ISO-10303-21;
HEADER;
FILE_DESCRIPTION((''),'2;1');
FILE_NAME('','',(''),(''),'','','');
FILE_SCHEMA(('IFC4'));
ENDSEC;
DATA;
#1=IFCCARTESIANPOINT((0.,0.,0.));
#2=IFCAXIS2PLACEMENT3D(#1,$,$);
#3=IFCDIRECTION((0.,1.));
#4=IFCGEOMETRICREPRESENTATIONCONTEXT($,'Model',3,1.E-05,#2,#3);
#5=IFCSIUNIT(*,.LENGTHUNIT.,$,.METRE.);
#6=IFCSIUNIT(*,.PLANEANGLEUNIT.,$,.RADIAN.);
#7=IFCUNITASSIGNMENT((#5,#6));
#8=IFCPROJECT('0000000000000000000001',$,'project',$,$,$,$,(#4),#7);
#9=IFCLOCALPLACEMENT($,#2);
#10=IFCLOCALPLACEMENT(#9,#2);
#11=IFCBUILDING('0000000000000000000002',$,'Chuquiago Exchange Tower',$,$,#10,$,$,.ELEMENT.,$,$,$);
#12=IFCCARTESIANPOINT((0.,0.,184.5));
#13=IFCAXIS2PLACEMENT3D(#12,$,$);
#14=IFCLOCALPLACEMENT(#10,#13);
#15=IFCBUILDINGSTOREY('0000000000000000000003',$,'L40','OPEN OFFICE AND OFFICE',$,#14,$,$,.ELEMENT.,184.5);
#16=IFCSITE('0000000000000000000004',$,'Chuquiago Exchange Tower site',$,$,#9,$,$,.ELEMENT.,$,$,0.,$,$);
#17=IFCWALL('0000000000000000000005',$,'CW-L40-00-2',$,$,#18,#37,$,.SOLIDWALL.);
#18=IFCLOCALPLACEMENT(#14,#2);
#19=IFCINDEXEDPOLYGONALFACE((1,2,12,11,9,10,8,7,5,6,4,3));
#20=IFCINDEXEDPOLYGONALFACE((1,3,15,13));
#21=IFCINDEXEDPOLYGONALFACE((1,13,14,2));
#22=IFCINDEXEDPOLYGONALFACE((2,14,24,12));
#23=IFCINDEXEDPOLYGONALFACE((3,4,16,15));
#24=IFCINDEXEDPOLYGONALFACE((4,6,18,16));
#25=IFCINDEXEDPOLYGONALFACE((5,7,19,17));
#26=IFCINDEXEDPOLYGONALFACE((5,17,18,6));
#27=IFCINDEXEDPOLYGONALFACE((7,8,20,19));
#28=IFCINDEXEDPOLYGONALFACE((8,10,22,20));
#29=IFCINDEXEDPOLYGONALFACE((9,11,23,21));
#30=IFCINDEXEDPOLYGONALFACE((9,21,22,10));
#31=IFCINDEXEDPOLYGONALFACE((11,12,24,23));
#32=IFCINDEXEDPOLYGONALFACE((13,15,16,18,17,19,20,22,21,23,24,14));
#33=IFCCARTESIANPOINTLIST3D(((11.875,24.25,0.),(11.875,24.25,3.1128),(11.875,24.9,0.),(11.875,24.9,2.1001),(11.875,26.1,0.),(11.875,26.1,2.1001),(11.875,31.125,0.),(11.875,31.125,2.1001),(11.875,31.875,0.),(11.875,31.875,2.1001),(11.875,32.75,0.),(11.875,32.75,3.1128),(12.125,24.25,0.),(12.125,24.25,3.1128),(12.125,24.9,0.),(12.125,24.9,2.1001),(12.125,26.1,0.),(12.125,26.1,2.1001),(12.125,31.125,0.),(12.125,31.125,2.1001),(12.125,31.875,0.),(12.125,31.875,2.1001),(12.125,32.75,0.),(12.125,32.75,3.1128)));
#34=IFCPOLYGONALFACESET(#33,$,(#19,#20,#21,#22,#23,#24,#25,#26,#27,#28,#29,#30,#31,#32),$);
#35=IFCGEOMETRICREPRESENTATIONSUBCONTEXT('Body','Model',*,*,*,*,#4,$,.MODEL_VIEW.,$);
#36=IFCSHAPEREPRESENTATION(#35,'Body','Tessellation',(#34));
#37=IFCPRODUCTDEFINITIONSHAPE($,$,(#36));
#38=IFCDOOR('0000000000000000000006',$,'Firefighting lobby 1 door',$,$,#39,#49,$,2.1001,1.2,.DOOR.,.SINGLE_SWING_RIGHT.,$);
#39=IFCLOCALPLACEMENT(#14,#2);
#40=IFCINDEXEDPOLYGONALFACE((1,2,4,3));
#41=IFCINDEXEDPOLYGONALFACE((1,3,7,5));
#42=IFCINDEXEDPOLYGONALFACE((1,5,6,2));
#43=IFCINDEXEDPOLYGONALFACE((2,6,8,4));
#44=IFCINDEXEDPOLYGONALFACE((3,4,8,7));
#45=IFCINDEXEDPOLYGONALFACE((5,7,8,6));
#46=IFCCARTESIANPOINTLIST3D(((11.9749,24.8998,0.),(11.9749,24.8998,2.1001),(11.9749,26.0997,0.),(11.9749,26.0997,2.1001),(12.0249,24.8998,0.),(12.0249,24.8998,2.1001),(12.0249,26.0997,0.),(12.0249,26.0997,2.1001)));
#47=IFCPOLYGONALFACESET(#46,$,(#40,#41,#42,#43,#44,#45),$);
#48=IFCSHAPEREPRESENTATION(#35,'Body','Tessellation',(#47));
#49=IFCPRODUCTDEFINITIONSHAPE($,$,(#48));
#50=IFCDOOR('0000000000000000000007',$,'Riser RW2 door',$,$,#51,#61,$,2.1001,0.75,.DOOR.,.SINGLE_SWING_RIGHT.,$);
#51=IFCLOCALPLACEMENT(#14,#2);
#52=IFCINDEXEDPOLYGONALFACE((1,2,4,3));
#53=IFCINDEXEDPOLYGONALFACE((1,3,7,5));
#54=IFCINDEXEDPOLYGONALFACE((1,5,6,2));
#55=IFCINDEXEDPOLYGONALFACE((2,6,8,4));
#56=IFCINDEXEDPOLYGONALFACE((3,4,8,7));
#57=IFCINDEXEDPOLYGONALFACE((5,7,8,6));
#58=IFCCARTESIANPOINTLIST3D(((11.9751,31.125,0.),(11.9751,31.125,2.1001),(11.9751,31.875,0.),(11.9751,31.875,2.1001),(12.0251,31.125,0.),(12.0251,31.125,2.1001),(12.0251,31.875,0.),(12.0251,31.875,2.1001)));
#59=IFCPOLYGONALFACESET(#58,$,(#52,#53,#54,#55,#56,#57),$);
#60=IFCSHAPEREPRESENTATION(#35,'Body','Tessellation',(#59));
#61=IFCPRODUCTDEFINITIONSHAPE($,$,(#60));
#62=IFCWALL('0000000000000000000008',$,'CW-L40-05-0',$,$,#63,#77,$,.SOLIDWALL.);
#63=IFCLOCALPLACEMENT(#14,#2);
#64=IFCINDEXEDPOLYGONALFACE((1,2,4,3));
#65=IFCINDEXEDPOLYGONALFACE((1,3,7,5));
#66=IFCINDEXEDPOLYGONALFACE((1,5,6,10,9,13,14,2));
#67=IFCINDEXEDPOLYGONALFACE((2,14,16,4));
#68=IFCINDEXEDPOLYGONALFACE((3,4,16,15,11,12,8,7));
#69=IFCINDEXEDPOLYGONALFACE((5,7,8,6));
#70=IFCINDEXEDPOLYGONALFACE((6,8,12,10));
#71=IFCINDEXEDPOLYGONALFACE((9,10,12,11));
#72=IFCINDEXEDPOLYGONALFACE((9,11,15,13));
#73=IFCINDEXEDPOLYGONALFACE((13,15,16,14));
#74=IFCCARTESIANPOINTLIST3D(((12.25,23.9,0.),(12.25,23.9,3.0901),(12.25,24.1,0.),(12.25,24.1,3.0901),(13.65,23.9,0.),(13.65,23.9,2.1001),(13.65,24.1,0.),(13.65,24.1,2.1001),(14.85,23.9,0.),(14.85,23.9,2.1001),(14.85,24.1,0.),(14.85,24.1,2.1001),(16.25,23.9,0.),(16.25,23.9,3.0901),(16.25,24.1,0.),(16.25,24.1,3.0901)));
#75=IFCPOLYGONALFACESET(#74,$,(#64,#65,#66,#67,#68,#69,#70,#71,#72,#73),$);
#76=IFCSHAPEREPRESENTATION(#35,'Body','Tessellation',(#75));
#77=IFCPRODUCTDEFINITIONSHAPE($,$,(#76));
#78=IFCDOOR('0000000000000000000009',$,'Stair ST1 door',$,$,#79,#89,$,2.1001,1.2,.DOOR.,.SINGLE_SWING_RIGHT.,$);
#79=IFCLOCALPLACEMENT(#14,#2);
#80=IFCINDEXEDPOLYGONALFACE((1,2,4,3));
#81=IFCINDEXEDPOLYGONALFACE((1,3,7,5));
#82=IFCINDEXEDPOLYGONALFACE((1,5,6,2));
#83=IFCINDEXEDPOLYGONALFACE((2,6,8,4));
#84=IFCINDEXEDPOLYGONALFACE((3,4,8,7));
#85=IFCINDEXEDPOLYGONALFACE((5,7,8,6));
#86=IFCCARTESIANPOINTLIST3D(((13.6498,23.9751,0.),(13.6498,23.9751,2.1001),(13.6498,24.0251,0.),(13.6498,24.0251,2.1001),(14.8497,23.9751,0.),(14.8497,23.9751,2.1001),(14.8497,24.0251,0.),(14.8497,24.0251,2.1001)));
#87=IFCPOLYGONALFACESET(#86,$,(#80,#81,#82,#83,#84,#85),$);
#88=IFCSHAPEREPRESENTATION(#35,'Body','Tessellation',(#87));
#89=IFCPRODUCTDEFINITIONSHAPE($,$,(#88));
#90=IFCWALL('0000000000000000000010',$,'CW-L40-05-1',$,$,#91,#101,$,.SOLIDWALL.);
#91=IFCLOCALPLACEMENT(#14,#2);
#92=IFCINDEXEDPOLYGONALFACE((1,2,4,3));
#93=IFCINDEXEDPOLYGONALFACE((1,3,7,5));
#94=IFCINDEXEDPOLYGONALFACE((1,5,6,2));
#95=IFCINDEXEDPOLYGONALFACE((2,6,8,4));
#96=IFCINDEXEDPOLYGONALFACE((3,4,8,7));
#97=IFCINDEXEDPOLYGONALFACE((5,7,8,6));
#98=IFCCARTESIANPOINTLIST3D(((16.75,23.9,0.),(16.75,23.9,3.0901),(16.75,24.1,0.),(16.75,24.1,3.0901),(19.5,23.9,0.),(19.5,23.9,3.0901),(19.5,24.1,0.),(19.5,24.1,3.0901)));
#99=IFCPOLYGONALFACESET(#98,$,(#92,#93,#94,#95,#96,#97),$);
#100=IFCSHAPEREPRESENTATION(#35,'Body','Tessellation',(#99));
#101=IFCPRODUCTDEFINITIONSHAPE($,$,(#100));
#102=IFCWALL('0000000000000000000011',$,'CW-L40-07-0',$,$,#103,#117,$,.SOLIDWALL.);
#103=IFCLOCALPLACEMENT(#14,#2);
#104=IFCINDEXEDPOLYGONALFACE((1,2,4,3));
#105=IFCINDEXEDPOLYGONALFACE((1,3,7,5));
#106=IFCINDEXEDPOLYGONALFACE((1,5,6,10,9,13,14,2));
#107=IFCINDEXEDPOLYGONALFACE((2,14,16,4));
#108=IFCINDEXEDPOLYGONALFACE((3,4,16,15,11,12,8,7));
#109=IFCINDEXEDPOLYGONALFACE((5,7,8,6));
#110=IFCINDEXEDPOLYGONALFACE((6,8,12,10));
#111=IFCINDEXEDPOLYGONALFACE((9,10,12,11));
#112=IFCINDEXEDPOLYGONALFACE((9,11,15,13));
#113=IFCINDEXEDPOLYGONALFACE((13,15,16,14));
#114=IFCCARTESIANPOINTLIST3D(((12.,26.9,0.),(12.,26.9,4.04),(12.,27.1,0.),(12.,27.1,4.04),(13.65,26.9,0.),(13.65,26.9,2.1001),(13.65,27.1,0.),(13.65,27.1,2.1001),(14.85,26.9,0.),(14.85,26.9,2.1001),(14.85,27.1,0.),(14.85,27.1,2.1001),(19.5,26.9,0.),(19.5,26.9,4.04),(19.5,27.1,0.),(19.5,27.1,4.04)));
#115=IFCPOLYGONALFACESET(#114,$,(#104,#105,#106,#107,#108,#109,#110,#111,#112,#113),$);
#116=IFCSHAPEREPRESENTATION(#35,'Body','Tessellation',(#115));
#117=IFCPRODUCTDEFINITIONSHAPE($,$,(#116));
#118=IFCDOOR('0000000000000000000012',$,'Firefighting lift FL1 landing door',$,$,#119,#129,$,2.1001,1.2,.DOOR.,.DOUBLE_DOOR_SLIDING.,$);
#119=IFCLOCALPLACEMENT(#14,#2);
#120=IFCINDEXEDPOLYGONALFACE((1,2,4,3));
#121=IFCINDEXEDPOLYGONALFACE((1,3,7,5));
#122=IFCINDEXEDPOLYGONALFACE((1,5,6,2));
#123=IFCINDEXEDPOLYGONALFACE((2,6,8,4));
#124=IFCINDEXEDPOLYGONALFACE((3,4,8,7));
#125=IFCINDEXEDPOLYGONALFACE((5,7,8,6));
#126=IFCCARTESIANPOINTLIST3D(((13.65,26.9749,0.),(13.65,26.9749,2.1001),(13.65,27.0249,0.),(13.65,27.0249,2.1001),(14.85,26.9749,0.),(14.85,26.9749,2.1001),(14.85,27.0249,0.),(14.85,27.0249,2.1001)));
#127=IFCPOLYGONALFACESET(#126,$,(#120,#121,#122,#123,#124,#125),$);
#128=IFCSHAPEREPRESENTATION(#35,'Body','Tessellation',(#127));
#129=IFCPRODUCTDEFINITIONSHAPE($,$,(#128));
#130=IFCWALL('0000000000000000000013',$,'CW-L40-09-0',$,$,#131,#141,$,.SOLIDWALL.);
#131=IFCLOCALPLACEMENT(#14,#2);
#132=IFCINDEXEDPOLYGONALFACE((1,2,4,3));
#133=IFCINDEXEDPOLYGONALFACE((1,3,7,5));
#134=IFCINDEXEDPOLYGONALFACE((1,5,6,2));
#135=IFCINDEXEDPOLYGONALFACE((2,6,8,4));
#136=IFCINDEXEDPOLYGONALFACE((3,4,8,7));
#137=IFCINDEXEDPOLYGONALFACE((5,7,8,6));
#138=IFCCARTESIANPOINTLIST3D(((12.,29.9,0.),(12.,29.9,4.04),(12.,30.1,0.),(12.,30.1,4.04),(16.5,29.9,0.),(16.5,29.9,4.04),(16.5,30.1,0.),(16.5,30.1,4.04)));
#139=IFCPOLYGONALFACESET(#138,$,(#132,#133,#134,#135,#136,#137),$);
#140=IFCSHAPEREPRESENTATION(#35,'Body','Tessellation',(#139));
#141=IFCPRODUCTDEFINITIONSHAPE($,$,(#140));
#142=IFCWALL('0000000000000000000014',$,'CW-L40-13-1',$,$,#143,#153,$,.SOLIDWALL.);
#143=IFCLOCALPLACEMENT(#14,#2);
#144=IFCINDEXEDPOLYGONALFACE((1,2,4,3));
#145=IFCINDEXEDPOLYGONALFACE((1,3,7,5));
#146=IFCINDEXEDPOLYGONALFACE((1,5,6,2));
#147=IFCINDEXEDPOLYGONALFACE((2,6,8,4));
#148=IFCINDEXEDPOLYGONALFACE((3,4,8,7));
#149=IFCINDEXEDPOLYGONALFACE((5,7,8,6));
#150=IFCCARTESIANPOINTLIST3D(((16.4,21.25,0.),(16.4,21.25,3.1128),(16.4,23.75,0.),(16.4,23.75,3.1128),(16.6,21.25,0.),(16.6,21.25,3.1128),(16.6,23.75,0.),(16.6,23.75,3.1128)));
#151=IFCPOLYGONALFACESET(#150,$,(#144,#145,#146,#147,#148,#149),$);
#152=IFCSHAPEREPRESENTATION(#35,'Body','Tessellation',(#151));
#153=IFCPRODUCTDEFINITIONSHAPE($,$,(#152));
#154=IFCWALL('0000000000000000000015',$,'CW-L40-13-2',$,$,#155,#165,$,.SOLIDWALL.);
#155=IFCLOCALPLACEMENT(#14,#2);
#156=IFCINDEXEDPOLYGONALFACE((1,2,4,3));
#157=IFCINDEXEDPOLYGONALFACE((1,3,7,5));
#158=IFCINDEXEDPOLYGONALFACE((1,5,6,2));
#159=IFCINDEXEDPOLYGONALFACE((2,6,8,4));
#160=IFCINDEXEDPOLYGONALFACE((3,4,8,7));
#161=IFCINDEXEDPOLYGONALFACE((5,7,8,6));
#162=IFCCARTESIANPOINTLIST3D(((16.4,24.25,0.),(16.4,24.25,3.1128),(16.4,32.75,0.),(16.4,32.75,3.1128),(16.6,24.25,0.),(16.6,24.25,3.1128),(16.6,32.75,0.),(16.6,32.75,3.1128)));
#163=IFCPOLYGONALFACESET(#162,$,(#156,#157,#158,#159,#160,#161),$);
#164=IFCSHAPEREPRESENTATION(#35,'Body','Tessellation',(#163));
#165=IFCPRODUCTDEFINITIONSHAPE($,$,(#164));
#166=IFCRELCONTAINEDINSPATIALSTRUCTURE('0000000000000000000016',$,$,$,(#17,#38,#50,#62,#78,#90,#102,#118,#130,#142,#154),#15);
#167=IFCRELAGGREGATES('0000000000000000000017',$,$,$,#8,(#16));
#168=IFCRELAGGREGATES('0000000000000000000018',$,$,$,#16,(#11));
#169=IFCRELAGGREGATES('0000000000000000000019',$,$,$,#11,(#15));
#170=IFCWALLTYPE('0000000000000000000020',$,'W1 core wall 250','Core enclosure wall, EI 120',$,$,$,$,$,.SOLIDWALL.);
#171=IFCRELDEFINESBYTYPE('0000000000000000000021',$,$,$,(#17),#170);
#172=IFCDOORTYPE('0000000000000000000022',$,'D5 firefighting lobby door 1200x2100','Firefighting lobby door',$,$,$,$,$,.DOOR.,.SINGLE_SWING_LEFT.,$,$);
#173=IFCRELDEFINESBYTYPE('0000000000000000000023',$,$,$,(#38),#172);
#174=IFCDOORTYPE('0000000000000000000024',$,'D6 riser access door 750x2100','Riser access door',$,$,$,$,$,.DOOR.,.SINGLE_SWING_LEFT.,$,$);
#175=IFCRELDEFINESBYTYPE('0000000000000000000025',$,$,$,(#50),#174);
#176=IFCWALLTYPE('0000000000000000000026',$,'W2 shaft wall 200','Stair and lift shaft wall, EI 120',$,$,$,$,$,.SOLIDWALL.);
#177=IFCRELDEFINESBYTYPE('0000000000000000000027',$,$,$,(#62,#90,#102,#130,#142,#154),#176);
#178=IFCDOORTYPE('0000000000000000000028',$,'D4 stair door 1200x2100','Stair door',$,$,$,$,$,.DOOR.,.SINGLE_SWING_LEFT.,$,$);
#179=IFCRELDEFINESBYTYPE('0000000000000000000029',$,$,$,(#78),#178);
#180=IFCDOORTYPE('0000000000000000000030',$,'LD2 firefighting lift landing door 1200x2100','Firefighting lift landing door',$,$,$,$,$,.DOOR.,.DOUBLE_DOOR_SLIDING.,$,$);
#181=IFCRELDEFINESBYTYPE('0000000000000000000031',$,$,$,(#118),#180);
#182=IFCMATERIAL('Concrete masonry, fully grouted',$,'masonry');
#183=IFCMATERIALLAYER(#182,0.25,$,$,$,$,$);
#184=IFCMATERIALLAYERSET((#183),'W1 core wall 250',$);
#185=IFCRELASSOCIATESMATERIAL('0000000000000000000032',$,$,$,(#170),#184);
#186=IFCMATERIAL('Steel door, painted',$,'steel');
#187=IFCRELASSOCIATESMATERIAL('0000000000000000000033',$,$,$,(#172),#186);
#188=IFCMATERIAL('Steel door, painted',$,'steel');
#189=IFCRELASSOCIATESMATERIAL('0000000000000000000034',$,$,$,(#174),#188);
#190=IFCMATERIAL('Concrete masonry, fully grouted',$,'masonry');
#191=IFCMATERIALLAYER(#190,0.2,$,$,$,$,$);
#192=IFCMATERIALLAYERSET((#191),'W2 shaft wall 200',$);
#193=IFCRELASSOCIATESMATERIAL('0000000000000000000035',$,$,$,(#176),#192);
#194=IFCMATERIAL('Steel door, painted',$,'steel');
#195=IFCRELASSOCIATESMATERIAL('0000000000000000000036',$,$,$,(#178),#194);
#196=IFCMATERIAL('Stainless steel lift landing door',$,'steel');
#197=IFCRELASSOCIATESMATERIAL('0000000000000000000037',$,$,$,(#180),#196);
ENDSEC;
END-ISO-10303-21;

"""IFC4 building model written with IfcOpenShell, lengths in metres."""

from ifc_helpers import new_model, si_unit, direction, frame, frame_2d, origin, place, context, subcontext, project, spatial, rectangle, extrude, material, layer, layer_set, type_object, element, fill, save


model = new_model("IFC4")

# Units and contexts
model_context = context("Model", 3, precision=1e-05, world=origin(), true_north=direction((0.0, 1.0)))
body_context = subcontext(model_context, "Body", "Model", "MODEL_VIEW")
ifc_project = project(units=[si_unit("LENGTHUNIT", "METRE"), si_unit("PLANEANGLEUNIT", "RADIAN")], contexts=[model_context])

# Site, building, storey
site_placement = place(None, origin())
site = spatial("IfcSite", under=ifc_project, at=site_placement, Name="Chuquiago Exchange Tower site", CompositionType="ELEMENT", RefElevation=0.0)
building_placement = place(site_placement, origin())
building = spatial("IfcBuilding", under=site, at=building_placement, Name="Chuquiago Exchange Tower", CompositionType="ELEMENT")
storey_placement = place(building_placement, frame((0.0, 0.0, 184.5)))
storey = spatial("IfcBuildingStorey", under=building, at=storey_placement, Name="L40", Description="OPEN OFFICE AND OFFICE", CompositionType="ELEMENT", Elevation=184.5)

# Shared definitions
ifc_material_1 = material(Name="Concrete masonry, fully grouted", Category="masonry")
ifc_layer_1 = layer(ifc_material_1, 0.25)
ifc_layer_set_1 = layer_set([ifc_layer_1], Name="W1 core wall 250")
wall_type_1 = type_object("IfcWallType", Name="W1 core wall 250", Description="Core enclosure wall, EI 120", PredefinedType="SOLIDWALL", material=ifc_layer_set_1)

# Wall, openings, doors
wall_1_placement = place(storey_placement, frame((12.0, 24.25, 0.0), z_axis=(0.0, 0.0, 1.0), x_axis=(0.0, 1.0, 0.0)))
wall_1 = element("IfcWall", 1, at=wall_1_placement, inside=storey, type_object=wall_type_1, Name="CW-L40-00-2", PredefinedType="SOLIDWALL", context=body_context, shape_type="SweptSolid", body=[
    extrude(rectangle(XDim=8.5, YDim=0.25, at=frame_2d((4.25, 0.0))), origin(), (0.0, 0.0, 1.0), 3.1128),
])
opening_1_placement = place(wall_1_placement, frame((0.6499, 0.0, 0.0)))
opening_1 = element("IfcOpeningElement", 2, at=opening_1_placement, cuts=wall_1, PredefinedType="OPENING", context=body_context, shape_type="SweptSolid", body=[
    extrude(rectangle(XDim=1.2, YDim=2.1001, at=frame_2d((0.6001, 1.05))), frame((0.0, 0.135, 0.0), z_axis=(0.0, -1.0, 0.0), x_axis=(1.0, 0.0, 0.0)), (0.0, 0.0, 1.0), 0.27),
])
opening_2_placement = place(wall_1_placement, frame((6.875, 0.0, 0.0)))
opening_2 = element("IfcOpeningElement", 3, at=opening_2_placement, cuts=wall_1, PredefinedType="OPENING", context=body_context, shape_type="SweptSolid", body=[
    extrude(rectangle(XDim=0.75, YDim=2.1001, at=frame_2d((0.375, 1.05))), frame((0.0, 0.135, 0.0), z_axis=(0.0, -1.0, 0.0), x_axis=(1.0, 0.0, 0.0)), (0.0, 0.0, 1.0), 0.27),
])
ifc_material_2 = material(Name="Steel door, painted", Category="steel")
door_type_1 = type_object("IfcDoorType", Name="D5 firefighting lobby door 1200x2100", Description="Firefighting lobby door", OperationType="SINGLE_SWING_LEFT", PredefinedType="DOOR", material=ifc_material_2)
door_1_placement = place(opening_1_placement, frame((1.2, 0.0, 0.0), z_axis=(0.0, 0.0, 1.0), x_axis=(-1.0, 0.0, 0.0)))
door_1 = element("IfcDoor", 4, at=door_1_placement, inside=storey, type_object=door_type_1, Name="Firefighting lobby 1 door", OperationType="SINGLE_SWING_RIGHT", OverallHeight=2.1001, OverallWidth=1.2, PredefinedType="DOOR", context=body_context, shape_type="SweptSolid", body=[
    extrude(rectangle(XDim=1.2, YDim=2.1001, at=frame_2d((0.6001, 1.05))), frame((0.0, 0.0249, 0.0), z_axis=(0.0, -1.0, 0.0), x_axis=(1.0, 0.0, 0.0)), (0.0, 0.0, 1.0), 0.05),
])
fill(opening_1, door_1)
ifc_material_3 = material(Name="Steel door, painted", Category="steel")
door_type_2 = type_object("IfcDoorType", Name="D6 riser access door 750x2100", Description="Riser access door", OperationType="SINGLE_SWING_LEFT", PredefinedType="DOOR", material=ifc_material_3)
door_2_placement = place(opening_2_placement, origin())
door_2 = element("IfcDoor", 5, at=door_2_placement, inside=storey, type_object=door_type_2, Name="Riser RW2 door", OperationType="SINGLE_SWING_RIGHT", OverallHeight=2.1001, OverallWidth=0.75, PredefinedType="DOOR", context=body_context, shape_type="SweptSolid", body=[
    extrude(rectangle(XDim=0.75, YDim=2.1001, at=frame_2d((0.375, 1.05))), frame((0.0, 0.0249, 0.0), z_axis=(0.0, -1.0, 0.0), x_axis=(1.0, 0.0, 0.0)), (0.0, 0.0, 1.0), 0.05),
])
fill(opening_2, door_2)

# Wall, opening, door
ifc_material_4 = material(Name="Concrete masonry, fully grouted", Category="masonry")
ifc_layer_2 = layer(ifc_material_4, 0.2)
ifc_layer_set_2 = layer_set([ifc_layer_2], Name="W2 shaft wall 200")
wall_type_2 = type_object("IfcWallType", Name="W2 shaft wall 200", Description="Stair and lift shaft wall, EI 120", PredefinedType="SOLIDWALL", material=ifc_layer_set_2)
wall_2_placement = place(storey_placement, frame((12.25, 24.0, 0.0), z_axis=(0.0, 0.0, 1.0), x_axis=(1.0, 0.0, 0.0)))
wall_2 = element("IfcWall", 6, at=wall_2_placement, inside=storey, type_object=wall_type_2, Name="CW-L40-05-0", PredefinedType="SOLIDWALL", context=body_context, shape_type="SweptSolid", body=[
    extrude(rectangle(XDim=4.0, YDim=0.2, at=frame_2d((2.0, 0.0))), origin(), (0.0, 0.0, 1.0), 3.0901),
])
opening_3_placement = place(wall_2_placement, frame((1.3999, 0.0, 0.0)))
opening_3 = element("IfcOpeningElement", 7, at=opening_3_placement, cuts=wall_2, PredefinedType="OPENING", context=body_context, shape_type="SweptSolid", body=[
    extrude(rectangle(XDim=1.2, YDim=2.1001, at=frame_2d((0.6001, 1.05))), frame((0.0, 0.1099, 0.0), z_axis=(0.0, -1.0, 0.0), x_axis=(1.0, 0.0, 0.0)), (0.0, 0.0, 1.0), 0.22),
])
ifc_material_5 = material(Name="Steel door, painted", Category="steel")
door_type_3 = type_object("IfcDoorType", Name="D4 stair door 1200x2100", Description="Stair door", OperationType="SINGLE_SWING_LEFT", PredefinedType="DOOR", material=ifc_material_5)
door_3_placement = place(opening_3_placement, frame((1.2, 0.0, 0.0), z_axis=(0.0, 0.0, 1.0), x_axis=(-1.0, 0.0, 0.0)))
door_3 = element("IfcDoor", 8, at=door_3_placement, inside=storey, type_object=door_type_3, Name="Stair ST1 door", OperationType="SINGLE_SWING_RIGHT", OverallHeight=2.1001, OverallWidth=1.2, PredefinedType="DOOR", context=body_context, shape_type="SweptSolid", body=[
    extrude(rectangle(XDim=1.2, YDim=2.1001, at=frame_2d((0.6001, 1.05))), frame((0.0, 0.0249, 0.0), z_axis=(0.0, -1.0, 0.0), x_axis=(1.0, 0.0, 0.0)), (0.0, 0.0, 1.0), 0.05),
])
fill(opening_3, door_3)

# Wall
wall_3_placement = place(storey_placement, frame((16.75, 24.0, 0.0), z_axis=(0.0, 0.0, 1.0), x_axis=(1.0, 0.0, 0.0)))
element("IfcWall", 9, at=wall_3_placement, inside=storey, type_object=wall_type_2, Name="CW-L40-05-1", PredefinedType="SOLIDWALL", context=body_context, shape_type="SweptSolid", body=[
    extrude(rectangle(XDim=2.75, YDim=0.2, at=frame_2d((1.375, 0.0))), origin(), (0.0, 0.0, 1.0), 3.0901),
])

# Wall, opening, door
wall_4_placement = place(storey_placement, frame((12.0, 27.0, 0.0), z_axis=(0.0, 0.0, 1.0), x_axis=(1.0, 0.0, 0.0)))
wall_4 = element("IfcWall", 10, at=wall_4_placement, inside=storey, type_object=wall_type_2, Name="CW-L40-07-0", PredefinedType="SOLIDWALL", context=body_context, shape_type="SweptSolid", body=[
    extrude(rectangle(XDim=7.5, YDim=0.2, at=frame_2d((3.75, 0.0))), origin(), (0.0, 0.0, 1.0), 4.04),
])
opening_4_placement = place(wall_4_placement, frame((1.6499, 0.0, 0.0)))
opening_4 = element("IfcOpeningElement", 11, at=opening_4_placement, cuts=wall_4, PredefinedType="OPENING", context=body_context, shape_type="SweptSolid", body=[
    extrude(rectangle(XDim=1.2, YDim=2.1001, at=frame_2d((0.6001, 1.05))), frame((0.0, 0.1099, 0.0), z_axis=(0.0, -1.0, 0.0), x_axis=(1.0, 0.0, 0.0)), (0.0, 0.0, 1.0), 0.22),
])
ifc_material_6 = material(Name="Stainless steel lift landing door", Category="steel")
door_type_4 = type_object("IfcDoorType", Name="LD2 firefighting lift landing door 1200x2100", Description="Firefighting lift landing door", OperationType="DOUBLE_DOOR_SLIDING", PredefinedType="DOOR", material=ifc_material_6)
door_4_placement = place(opening_4_placement, origin())
door_4 = element("IfcDoor", 12, at=door_4_placement, inside=storey, type_object=door_type_4, Name="Firefighting lift FL1 landing door", OperationType="DOUBLE_DOOR_SLIDING", OverallHeight=2.1001, OverallWidth=1.2, PredefinedType="DOOR", context=body_context, shape_type="SweptSolid", body=[
    extrude(rectangle(XDim=1.2, YDim=2.1001, at=frame_2d((0.6001, 1.05))), frame((0.0, 0.0249, 0.0), z_axis=(0.0, -1.0, 0.0), x_axis=(1.0, 0.0, 0.0)), (0.0, 0.0, 1.0), 0.05),
])
fill(opening_4, door_4)

# Walls
wall_5_placement = place(storey_placement, frame((12.0, 30.0, 0.0), z_axis=(0.0, 0.0, 1.0), x_axis=(1.0, 0.0, 0.0)))
element("IfcWall", 13, at=wall_5_placement, inside=storey, type_object=wall_type_2, Name="CW-L40-09-0", PredefinedType="SOLIDWALL", context=body_context, shape_type="SweptSolid", body=[
    extrude(rectangle(XDim=4.5, YDim=0.2, at=frame_2d((2.25, 0.0))), origin(), (0.0, 0.0, 1.0), 4.04),
])
wall_6_placement = place(storey_placement, frame((16.5, 21.25, 0.0), z_axis=(0.0, 0.0, 1.0), x_axis=(0.0, 1.0, 0.0)))
element("IfcWall", 14, at=wall_6_placement, inside=storey, type_object=wall_type_2, Name="CW-L40-13-1", PredefinedType="SOLIDWALL", context=body_context, shape_type="SweptSolid", body=[
    extrude(rectangle(XDim=2.5, YDim=0.2, at=frame_2d((1.25, 0.0))), origin(), (0.0, 0.0, 1.0), 3.1128),
])
wall_7_placement = place(storey_placement, frame((16.5, 24.25, 0.0), z_axis=(0.0, 0.0, 1.0), x_axis=(0.0, 1.0, 0.0)))
element("IfcWall", 15, at=wall_7_placement, inside=storey, type_object=wall_type_2, Name="CW-L40-13-2", PredefinedType="SOLIDWALL", context=body_context, shape_type="SweptSolid", body=[
    extrude(rectangle(XDim=8.5, YDim=0.2, at=frame_2d((4.25, 0.0))), origin(), (0.0, 0.0, 1.0), 3.1128),
])

save(model, "model.ifc")
